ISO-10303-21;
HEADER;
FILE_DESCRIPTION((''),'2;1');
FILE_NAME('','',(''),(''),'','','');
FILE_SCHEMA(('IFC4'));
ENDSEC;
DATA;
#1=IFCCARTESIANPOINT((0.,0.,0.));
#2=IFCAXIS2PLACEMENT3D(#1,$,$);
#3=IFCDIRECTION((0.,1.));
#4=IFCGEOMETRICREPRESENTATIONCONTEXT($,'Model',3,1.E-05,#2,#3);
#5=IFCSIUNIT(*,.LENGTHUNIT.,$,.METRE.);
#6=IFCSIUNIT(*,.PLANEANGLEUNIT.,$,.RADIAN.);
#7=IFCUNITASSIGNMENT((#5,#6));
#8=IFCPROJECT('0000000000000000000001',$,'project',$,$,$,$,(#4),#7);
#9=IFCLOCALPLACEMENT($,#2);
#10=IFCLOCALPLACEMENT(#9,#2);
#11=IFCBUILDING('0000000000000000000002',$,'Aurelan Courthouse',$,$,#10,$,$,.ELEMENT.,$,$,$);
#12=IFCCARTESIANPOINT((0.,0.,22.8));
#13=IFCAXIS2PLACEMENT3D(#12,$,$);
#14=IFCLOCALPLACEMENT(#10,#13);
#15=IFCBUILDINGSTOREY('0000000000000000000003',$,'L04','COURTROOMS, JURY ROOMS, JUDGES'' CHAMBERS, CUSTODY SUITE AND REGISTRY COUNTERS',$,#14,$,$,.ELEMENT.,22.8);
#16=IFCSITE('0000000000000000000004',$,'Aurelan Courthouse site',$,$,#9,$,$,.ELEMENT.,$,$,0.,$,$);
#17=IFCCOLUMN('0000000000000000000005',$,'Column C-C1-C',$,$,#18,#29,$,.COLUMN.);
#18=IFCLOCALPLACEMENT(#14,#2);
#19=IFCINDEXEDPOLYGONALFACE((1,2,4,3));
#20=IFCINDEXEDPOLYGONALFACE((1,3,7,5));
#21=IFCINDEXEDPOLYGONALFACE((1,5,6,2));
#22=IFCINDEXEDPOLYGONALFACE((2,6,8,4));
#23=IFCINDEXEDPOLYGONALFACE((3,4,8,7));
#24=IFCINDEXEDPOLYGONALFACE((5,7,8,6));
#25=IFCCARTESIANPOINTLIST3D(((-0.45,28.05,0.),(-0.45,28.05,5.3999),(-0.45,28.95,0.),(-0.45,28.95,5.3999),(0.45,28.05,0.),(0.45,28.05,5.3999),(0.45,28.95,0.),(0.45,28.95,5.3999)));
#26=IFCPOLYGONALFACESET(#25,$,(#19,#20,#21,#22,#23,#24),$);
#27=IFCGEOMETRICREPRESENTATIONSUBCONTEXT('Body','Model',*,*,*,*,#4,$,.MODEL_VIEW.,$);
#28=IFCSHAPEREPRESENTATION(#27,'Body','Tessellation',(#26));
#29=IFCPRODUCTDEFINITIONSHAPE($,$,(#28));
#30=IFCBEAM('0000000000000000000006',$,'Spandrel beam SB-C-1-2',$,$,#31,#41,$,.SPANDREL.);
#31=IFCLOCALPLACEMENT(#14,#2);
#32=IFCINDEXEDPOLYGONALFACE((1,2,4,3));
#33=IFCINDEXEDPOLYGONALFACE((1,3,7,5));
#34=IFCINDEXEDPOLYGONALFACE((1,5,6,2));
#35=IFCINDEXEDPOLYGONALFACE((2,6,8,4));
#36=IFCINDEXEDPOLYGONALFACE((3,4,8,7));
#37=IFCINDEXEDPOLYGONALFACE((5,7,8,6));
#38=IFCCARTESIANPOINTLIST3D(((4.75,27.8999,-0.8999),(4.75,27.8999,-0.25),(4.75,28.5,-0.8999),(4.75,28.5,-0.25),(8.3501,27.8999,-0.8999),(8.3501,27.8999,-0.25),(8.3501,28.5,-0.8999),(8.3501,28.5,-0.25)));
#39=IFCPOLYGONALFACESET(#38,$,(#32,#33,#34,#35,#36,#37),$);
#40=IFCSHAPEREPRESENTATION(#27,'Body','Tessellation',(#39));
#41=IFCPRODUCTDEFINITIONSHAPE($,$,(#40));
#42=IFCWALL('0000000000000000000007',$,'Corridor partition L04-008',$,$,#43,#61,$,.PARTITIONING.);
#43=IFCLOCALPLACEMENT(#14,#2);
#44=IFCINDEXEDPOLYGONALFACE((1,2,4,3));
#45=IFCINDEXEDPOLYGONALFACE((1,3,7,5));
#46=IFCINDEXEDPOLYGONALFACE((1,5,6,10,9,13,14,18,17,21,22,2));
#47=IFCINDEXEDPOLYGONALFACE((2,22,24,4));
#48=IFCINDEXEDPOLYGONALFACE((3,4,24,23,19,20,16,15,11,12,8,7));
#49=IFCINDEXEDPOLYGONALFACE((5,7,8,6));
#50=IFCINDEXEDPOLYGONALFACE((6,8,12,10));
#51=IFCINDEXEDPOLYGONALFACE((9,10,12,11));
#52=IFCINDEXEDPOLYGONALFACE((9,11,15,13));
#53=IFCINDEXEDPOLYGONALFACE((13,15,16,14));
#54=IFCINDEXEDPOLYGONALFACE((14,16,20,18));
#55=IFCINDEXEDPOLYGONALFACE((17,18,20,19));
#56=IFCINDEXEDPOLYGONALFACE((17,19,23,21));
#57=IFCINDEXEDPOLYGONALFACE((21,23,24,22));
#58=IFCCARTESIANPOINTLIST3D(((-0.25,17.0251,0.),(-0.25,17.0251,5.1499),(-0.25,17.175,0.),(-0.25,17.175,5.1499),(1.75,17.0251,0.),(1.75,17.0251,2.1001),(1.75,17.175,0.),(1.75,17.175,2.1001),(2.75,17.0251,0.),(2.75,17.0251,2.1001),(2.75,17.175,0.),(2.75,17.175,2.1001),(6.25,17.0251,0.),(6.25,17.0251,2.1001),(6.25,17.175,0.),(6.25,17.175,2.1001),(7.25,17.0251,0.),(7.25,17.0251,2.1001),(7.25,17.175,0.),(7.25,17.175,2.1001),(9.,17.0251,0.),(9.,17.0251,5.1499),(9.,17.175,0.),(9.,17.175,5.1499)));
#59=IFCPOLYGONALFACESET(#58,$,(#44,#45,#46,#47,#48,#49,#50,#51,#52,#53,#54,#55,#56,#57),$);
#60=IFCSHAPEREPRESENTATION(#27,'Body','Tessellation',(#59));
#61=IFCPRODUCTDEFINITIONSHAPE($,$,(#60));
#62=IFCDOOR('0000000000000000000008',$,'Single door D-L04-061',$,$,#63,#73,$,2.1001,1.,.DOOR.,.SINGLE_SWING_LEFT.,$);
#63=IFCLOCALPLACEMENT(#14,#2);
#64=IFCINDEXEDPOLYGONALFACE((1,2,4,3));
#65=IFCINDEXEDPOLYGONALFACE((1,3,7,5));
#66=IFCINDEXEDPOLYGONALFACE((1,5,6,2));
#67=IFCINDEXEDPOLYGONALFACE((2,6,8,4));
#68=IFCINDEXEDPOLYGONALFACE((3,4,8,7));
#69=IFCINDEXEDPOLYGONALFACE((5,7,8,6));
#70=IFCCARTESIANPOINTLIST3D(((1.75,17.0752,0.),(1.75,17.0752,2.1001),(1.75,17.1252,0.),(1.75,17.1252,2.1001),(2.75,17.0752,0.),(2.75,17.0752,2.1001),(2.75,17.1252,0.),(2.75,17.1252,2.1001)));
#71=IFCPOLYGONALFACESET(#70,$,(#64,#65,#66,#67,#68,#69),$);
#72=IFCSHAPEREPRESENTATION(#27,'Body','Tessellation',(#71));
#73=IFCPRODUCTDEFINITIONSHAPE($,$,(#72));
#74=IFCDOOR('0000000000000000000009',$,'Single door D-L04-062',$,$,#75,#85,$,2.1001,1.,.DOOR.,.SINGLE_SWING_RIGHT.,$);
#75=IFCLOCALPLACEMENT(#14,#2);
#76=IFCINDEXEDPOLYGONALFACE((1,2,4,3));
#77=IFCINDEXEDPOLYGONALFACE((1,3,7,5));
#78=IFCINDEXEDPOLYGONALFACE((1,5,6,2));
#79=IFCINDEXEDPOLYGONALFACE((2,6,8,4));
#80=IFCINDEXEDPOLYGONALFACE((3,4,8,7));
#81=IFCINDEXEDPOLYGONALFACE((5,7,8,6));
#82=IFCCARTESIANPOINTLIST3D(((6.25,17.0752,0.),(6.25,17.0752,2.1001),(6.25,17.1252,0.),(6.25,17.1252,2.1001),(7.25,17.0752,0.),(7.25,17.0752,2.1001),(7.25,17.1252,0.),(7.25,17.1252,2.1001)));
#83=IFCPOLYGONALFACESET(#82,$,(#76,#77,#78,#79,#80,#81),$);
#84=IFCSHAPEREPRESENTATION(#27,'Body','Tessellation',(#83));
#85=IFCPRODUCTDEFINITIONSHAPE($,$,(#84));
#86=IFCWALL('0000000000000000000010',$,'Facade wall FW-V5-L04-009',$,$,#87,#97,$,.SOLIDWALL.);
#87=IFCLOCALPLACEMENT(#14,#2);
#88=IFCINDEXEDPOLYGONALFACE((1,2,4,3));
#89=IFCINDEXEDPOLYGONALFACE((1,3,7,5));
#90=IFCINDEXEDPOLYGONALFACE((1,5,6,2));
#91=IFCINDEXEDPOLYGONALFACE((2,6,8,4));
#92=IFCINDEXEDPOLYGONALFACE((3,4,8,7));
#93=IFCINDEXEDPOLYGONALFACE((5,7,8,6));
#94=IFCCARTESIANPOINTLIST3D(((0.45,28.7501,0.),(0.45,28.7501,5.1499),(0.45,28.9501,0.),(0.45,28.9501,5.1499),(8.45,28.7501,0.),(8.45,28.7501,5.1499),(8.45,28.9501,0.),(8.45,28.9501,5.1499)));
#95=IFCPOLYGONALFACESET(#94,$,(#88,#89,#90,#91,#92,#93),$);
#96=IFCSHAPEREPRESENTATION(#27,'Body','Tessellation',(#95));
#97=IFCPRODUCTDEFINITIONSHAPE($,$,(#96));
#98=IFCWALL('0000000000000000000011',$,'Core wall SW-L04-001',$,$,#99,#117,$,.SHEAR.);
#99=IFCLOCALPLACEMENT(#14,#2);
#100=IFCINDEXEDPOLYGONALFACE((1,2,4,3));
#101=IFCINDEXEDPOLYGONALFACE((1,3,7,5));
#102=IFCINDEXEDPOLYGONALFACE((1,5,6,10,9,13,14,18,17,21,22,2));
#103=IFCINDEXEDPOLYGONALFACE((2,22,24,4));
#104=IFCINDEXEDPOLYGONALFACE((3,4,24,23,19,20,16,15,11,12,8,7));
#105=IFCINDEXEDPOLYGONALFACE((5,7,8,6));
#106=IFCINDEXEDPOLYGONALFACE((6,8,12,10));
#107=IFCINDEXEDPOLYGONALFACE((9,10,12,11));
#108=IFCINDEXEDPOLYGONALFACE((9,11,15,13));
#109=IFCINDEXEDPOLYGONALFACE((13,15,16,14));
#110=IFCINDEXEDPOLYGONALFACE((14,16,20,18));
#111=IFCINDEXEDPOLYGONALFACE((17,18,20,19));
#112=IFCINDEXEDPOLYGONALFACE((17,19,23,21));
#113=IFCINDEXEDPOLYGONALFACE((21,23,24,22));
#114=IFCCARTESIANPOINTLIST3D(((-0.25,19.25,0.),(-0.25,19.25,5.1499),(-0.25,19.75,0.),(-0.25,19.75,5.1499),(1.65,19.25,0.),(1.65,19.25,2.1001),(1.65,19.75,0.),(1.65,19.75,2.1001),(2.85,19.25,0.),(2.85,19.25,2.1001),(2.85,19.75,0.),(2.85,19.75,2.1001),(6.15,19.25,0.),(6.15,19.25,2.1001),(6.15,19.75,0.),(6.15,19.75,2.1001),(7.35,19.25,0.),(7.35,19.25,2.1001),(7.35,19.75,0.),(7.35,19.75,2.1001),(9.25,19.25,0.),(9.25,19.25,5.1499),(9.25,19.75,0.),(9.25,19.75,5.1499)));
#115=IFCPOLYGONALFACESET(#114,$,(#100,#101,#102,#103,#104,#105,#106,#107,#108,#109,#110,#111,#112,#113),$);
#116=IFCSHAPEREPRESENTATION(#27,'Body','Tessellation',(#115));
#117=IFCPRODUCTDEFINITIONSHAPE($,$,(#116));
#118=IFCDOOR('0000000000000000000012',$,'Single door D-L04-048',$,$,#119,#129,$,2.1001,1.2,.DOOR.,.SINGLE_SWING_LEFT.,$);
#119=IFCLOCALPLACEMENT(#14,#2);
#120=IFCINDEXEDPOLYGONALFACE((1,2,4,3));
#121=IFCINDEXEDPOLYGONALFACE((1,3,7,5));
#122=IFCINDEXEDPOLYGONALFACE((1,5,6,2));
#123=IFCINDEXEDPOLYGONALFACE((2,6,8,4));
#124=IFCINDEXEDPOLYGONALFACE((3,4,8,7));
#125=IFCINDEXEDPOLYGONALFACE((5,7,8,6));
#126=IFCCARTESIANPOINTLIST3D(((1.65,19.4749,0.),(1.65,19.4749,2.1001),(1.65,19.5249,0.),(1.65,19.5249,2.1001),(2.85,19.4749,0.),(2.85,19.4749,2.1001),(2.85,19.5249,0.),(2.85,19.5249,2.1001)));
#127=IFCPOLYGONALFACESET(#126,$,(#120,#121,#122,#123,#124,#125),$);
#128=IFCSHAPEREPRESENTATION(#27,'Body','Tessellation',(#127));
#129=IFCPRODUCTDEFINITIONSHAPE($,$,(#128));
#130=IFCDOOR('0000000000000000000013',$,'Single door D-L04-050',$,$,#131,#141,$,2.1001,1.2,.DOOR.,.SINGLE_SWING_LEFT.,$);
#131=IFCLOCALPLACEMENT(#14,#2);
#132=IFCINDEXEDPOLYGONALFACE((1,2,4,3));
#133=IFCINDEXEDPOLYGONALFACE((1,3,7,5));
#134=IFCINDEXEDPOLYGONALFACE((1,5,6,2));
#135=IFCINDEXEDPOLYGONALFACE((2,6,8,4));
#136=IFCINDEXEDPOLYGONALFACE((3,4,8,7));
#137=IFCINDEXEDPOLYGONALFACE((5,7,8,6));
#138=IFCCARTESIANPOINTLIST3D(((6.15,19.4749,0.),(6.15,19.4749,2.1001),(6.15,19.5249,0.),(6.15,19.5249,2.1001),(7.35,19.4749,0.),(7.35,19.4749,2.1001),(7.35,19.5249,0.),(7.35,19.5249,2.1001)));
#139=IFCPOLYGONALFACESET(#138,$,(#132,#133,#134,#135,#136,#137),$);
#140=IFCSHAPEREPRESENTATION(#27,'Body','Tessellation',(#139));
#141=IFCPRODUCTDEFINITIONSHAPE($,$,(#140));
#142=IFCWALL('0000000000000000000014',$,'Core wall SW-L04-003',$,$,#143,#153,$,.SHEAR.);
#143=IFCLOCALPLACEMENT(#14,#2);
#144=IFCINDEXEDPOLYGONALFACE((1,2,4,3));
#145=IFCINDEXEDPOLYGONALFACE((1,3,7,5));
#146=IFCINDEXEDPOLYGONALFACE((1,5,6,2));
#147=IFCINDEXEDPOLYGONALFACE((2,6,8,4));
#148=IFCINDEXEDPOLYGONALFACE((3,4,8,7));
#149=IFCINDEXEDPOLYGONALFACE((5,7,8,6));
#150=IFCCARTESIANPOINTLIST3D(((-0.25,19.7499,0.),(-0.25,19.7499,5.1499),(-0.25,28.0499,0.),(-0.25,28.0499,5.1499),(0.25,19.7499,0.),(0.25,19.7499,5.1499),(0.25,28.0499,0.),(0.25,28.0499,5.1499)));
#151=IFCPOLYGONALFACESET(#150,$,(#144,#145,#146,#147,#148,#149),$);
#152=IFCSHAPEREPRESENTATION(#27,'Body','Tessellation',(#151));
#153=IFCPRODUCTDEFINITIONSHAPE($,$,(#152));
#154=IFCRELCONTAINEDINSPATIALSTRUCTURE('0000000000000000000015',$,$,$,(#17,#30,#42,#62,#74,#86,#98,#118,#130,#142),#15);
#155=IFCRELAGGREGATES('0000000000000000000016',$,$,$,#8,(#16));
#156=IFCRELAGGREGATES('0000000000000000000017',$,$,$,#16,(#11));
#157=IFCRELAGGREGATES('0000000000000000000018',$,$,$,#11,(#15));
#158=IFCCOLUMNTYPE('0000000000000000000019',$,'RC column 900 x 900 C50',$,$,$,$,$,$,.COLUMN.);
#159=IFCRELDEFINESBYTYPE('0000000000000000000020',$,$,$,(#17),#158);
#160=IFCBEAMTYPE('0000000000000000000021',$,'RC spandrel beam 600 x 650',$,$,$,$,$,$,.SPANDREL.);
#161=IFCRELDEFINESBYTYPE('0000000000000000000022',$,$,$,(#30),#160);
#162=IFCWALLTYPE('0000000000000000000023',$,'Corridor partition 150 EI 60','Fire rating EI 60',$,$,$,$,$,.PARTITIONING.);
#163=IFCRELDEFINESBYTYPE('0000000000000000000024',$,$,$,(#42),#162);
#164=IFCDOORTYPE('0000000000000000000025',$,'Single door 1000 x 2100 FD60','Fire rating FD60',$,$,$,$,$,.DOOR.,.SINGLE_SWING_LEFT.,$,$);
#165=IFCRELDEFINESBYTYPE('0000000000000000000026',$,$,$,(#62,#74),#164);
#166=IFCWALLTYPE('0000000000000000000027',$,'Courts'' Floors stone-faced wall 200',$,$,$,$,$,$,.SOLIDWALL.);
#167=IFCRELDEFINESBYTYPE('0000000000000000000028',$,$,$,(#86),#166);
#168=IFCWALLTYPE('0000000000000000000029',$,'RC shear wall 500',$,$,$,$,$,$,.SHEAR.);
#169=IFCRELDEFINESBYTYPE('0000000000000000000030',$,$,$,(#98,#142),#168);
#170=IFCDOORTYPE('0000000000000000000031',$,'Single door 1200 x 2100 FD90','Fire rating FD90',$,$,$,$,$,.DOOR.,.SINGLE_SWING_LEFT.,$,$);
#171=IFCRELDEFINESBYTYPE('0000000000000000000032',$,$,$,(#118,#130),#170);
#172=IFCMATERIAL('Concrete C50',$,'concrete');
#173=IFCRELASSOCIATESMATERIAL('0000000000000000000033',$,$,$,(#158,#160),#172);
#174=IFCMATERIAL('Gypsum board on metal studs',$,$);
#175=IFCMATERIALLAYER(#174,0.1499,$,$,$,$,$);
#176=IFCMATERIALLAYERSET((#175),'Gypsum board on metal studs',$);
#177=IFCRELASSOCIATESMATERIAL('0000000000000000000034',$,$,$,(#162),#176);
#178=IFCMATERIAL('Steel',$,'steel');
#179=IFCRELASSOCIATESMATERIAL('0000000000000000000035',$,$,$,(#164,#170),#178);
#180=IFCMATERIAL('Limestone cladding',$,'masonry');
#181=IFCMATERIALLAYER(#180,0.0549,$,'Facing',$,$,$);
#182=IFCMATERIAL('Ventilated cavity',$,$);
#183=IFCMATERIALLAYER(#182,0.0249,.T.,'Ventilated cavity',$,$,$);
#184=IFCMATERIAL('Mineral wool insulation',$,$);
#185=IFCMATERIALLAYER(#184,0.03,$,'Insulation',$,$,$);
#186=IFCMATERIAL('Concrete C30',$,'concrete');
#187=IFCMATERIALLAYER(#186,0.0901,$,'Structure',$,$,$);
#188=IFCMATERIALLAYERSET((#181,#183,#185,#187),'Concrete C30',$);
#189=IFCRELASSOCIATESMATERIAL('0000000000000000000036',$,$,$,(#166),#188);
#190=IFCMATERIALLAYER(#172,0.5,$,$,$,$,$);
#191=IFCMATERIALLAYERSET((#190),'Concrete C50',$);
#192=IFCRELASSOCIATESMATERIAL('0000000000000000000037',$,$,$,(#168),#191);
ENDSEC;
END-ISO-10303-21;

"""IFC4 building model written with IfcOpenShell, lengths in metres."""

from ifc_helpers import new_model, si_unit, direction, frame, frame_2d, origin, origin_2d, place, context, subcontext, project, spatial, rectangle, extrude, material, layer, layer_set, material_profile, profile_set, type_object, element, fill, save


model = new_model("IFC4")

# Units and contexts
model_context = context("Model", 3, precision=1e-05, world=origin(), true_north=direction((0.0, 1.0)))
body_context = subcontext(model_context, "Body", "Model", "MODEL_VIEW")
ifc_project = project(units=[si_unit("LENGTHUNIT", "METRE"), si_unit("PLANEANGLEUNIT", "RADIAN")], contexts=[model_context])

# Site, building, storey
site_placement = place(None, origin())
site = spatial("IfcSite", under=ifc_project, at=site_placement, Name="Aurelan Courthouse site", CompositionType="ELEMENT", RefElevation=0.0)
building_placement = place(site_placement, origin())
building = spatial("IfcBuilding", under=site, at=building_placement, Name="Aurelan Courthouse", CompositionType="ELEMENT")
storey_placement = place(building_placement, frame((0.0, 0.0, 22.8)))
storey = spatial("IfcBuildingStorey", under=building, at=storey_placement, Name="L04", Description="COURTROOMS, JURY ROOMS, JUDGES' CHAMBERS, CUSTODY SUITE AND REGISTRY COUNTERS", CompositionType="ELEMENT", Elevation=22.8)

# Column
ifc_material_1 = material(Name="Concrete C50", Category="concrete")
ifc_material_profile_1 = material_profile(ifc_material_1, rectangle(XDim=0.8999, YDim=0.8999, at=origin_2d()), Name="RC 900 x 900")
ifc_profile_set_1 = profile_set([ifc_material_profile_1], Name="Concrete C50")
column_type = type_object("IfcColumnType", Name="RC column 900 x 900 C50", PredefinedType="COLUMN", material=ifc_profile_set_1)
column_placement = place(storey_placement, frame((0.0, 28.5, 0.0), z_axis=(0.0, 0.0, 1.0), x_axis=(1.0, 0.0, 0.0)))
element("IfcColumn", 1, at=column_placement, inside=storey, type_object=column_type, Name="Column C-C1-C", PredefinedType="COLUMN", context=body_context, shape_type="SweptSolid", body=[
    extrude(rectangle(XDim=0.8999, YDim=0.8999, at=origin_2d()), origin(), (0.0, 0.0, 1.0), 5.3999),
])

# Beam
ifc_material_profile_2 = material_profile(ifc_material_1, rectangle(XDim=0.6001, YDim=0.6499, at=origin_2d()), Name="RC 600 x 650")
ifc_profile_set_2 = profile_set([ifc_material_profile_2], Name="Concrete C50")
beam_type = type_object("IfcBeamType", Name="RC spandrel beam 600 x 650", PredefinedType="SPANDREL", material=ifc_profile_set_2)
beam_placement = place(storey_placement, frame((4.75, 28.2, -0.575), z_axis=(1.0, 0.0, 0.0), x_axis=(0.0, 1.0, 0.0)))
element("IfcBeam", 2, at=beam_placement, inside=storey, type_object=beam_type, Name="Spandrel beam SB-C-1-2", PredefinedType="SPANDREL", context=body_context, shape_type="SweptSolid", body=[
    extrude(rectangle(XDim=0.6001, YDim=0.6499, at=origin_2d()), origin(), (0.0, 0.0, 1.0), 3.6001),
])

# Wall, openings, doors
ifc_material_2 = material(Name="Gypsum board on metal studs")
ifc_layer_1 = layer(ifc_material_2, 0.1499)
ifc_layer_set_1 = layer_set([ifc_layer_1], Name="Gypsum board on metal studs")
wall_type_1 = type_object("IfcWallType", Name="Corridor partition 150 EI 60", Description="Fire rating EI 60", PredefinedType="PARTITIONING", material=ifc_layer_set_1)
wall_1_placement = place(storey_placement, frame((-0.25, 17.1001, 0.0), z_axis=(0.0, 0.0, 1.0), x_axis=(1.0, 0.0, 0.0)))
wall_1 = element("IfcWall", 3, at=wall_1_placement, inside=storey, type_object=wall_type_1, Name="Corridor partition L04-008", PredefinedType="PARTITIONING", context=body_context, shape_type="SweptSolid", body=[
    extrude(rectangle(XDim=9.25, YDim=0.1499, at=frame_2d((4.625, 0.0))), origin(), (0.0, 0.0, 1.0), 5.1499),
])
opening_1_placement = place(wall_1_placement, frame((3.0, 0.0, 0.0), z_axis=(0.0, 0.0, 1.0), x_axis=(-1.0, 0.0, 0.0)))
opening_1 = element("IfcOpeningElement", 4, at=opening_1_placement, cuts=wall_1, PredefinedType="OPENING", context=body_context, shape_type="SweptSolid", body=[
    extrude(rectangle(XDim=1.0, YDim=2.1001, at=frame_2d((0.5, 1.05))), frame((0.0, 0.085, 0.0), z_axis=(0.0, -1.0, 0.0), x_axis=(1.0, 0.0, 0.0)), (0.0, 0.0, 1.0), 0.1699),
])
opening_2_placement = place(wall_1_placement, frame((7.5, 0.0, 0.0), z_axis=(0.0, 0.0, 1.0), x_axis=(-1.0, 0.0, 0.0)))
opening_2 = element("IfcOpeningElement", 5, at=opening_2_placement, cuts=wall_1, PredefinedType="OPENING", context=body_context, shape_type="SweptSolid", body=[
    extrude(rectangle(XDim=1.0, YDim=2.1001, at=frame_2d((0.5, 1.05))), frame((0.0, 0.085, 0.0), z_axis=(0.0, -1.0, 0.0), x_axis=(1.0, 0.0, 0.0)), (0.0, 0.0, 1.0), 0.1699),
])
ifc_material_3 = material(Name="Steel", Category="steel")
door_type_1 = type_object("IfcDoorType", Name="Single door 1000 x 2100 FD60", Description="Fire rating FD60", OperationType="SINGLE_SWING_LEFT", PredefinedType="DOOR", material=ifc_material_3)
door_1_placement = place(opening_1_placement, origin())
door_1 = element("IfcDoor", 6, at=door_1_placement, inside=storey, type_object=door_type_1, Name="Single door D-L04-061", OperationType="SINGLE_SWING_LEFT", OverallHeight=2.1001, OverallWidth=1.0, PredefinedType="DOOR", context=body_context, shape_type="SweptSolid", body=[
    extrude(rectangle(XDim=1.0, YDim=2.1001, at=frame_2d((0.5, 1.05))), frame((0.0, 0.0249, 0.0), z_axis=(0.0, -1.0, 0.0), x_axis=(1.0, 0.0, 0.0)), (0.0, 0.0, 1.0), 0.05),
])
fill(opening_1, door_1)
door_2_placement = place(opening_2_placement, origin())
door_2 = element("IfcDoor", 7, at=door_2_placement, inside=storey, type_object=door_type_1, Name="Single door D-L04-062", OperationType="SINGLE_SWING_RIGHT", OverallHeight=2.1001, OverallWidth=1.0, PredefinedType="DOOR", context=body_context, shape_type="SweptSolid", body=[
    extrude(rectangle(XDim=1.0, YDim=2.1001, at=frame_2d((0.5, 1.05))), frame((0.0, 0.0249, 0.0), z_axis=(0.0, -1.0, 0.0), x_axis=(1.0, 0.0, 0.0)), (0.0, 0.0, 1.0), 0.05),
])
fill(opening_2, door_2)

# Wall
ifc_material_4 = material(Name="Limestone cladding", Category="masonry")
ifc_layer_2 = layer(ifc_material_4, 0.0549, Name="Facing")
ifc_material_5 = material(Name="Ventilated cavity")
ifc_layer_3 = layer(ifc_material_5, 0.0249, ventilated=True, Name="Ventilated cavity")
ifc_material_6 = material(Name="Mineral wool insulation")
ifc_layer_4 = layer(ifc_material_6, 0.03, Name="Insulation")
ifc_material_7 = material(Name="Concrete C30", Category="concrete")
ifc_layer_5 = layer(ifc_material_7, 0.0901, Name="Structure")
ifc_layer_set_2 = layer_set([ifc_layer_2, ifc_layer_3, ifc_layer_4, ifc_layer_5], Name="Concrete C30")
wall_type_2 = type_object("IfcWallType", Name="Courts' Floors stone-faced wall 200", PredefinedType="SOLIDWALL", material=ifc_layer_set_2)
wall_2_placement = place(storey_placement, frame((0.45, 28.8501, 0.0), z_axis=(0.0, 0.0, 1.0), x_axis=(1.0, 0.0, 0.0)))
element("IfcWall", 8, at=wall_2_placement, inside=storey, type_object=wall_type_2, Name="Facade wall FW-V5-L04-009", PredefinedType="SOLIDWALL", context=body_context, shape_type="SweptSolid", body=[
    extrude(rectangle(XDim=8.0, YDim=0.2, at=frame_2d((4.0, 0.0))), origin(), (0.0, 0.0, 1.0), 5.1499),
])

# Wall, openings, doors
ifc_layer_6 = layer(ifc_material_1, 0.5)
ifc_layer_set_3 = layer_set([ifc_layer_6], Name="Concrete C50")
wall_type_3 = type_object("IfcWallType", Name="RC shear wall 500", PredefinedType="SHEAR", material=ifc_layer_set_3)
wall_3_placement = place(storey_placement, frame((-0.25, 19.5, 0.0), z_axis=(0.0, 0.0, 1.0), x_axis=(1.0, 0.0, 0.0)))
wall_3 = element("IfcWall", 9, at=wall_3_placement, inside=storey, type_object=wall_type_3, Name="Core wall SW-L04-001", PredefinedType="SHEAR", context=body_context, shape_type="SweptSolid", body=[
    extrude(rectangle(XDim=9.5, YDim=0.5, at=frame_2d((4.75, 0.0))), origin(), (0.0, 0.0, 1.0), 5.1499),
])
opening_3_placement = place(wall_3_placement, frame((1.8999, 0.0, 0.0)))
opening_3 = element("IfcOpeningElement", 10, at=opening_3_placement, cuts=wall_3, PredefinedType="OPENING", context=body_context, shape_type="SweptSolid", body=[
    extrude(rectangle(XDim=1.2, YDim=2.1001, at=frame_2d((0.6001, 1.05))), frame((0.0, 0.26, 0.0), z_axis=(0.0, -1.0, 0.0), x_axis=(1.0, 0.0, 0.0)), (0.0, 0.0, 1.0), 0.52),
])
opening_4_placement = place(wall_3_placement, frame((6.3999, 0.0, 0.0)))
opening_4 = element("IfcOpeningElement", 11, at=opening_4_placement, cuts=wall_3, PredefinedType="OPENING", context=body_context, shape_type="SweptSolid", body=[
    extrude(rectangle(XDim=1.2, YDim=2.1001, at=frame_2d((0.6001, 1.05))), frame((0.0, 0.26, 0.0), z_axis=(0.0, -1.0, 0.0), x_axis=(1.0, 0.0, 0.0)), (0.0, 0.0, 1.0), 0.52),
])
door_type_2 = type_object("IfcDoorType", Name="Single door 1200 x 2100 FD90", Description="Fire rating FD90", OperationType="SINGLE_SWING_LEFT", PredefinedType="DOOR", material=ifc_material_3)
door_3_placement = place(opening_3_placement, origin())
door_3 = element("IfcDoor", 12, at=door_3_placement, inside=storey, type_object=door_type_2, Name="Single door D-L04-048", OperationType="SINGLE_SWING_LEFT", OverallHeight=2.1001, OverallWidth=1.2, PredefinedType="DOOR", context=body_context, shape_type="SweptSolid", body=[
    extrude(rectangle(XDim=1.2, YDim=2.1001, at=frame_2d((0.6001, 1.05))), frame((0.0, 0.0249, 0.0), z_axis=(0.0, -1.0, 0.0), x_axis=(1.0, 0.0, 0.0)), (0.0, 0.0, 1.0), 0.05),
])
fill(opening_3, door_3)
door_4_placement = place(opening_4_placement, origin())
door_4 = element("IfcDoor", 13, at=door_4_placement, inside=storey, type_object=door_type_2, Name="Single door D-L04-050", OperationType="SINGLE_SWING_LEFT", OverallHeight=2.1001, OverallWidth=1.2, PredefinedType="DOOR", context=body_context, shape_type="SweptSolid", body=[
    extrude(rectangle(XDim=1.2, YDim=2.1001, at=frame_2d((0.6001, 1.05))), frame((0.0, 0.0249, 0.0), z_axis=(0.0, -1.0, 0.0), x_axis=(1.0, 0.0, 0.0)), (0.0, 0.0, 1.0), 0.05),
])
fill(opening_4, door_4)

# Wall
wall_4_placement = place(storey_placement, frame((0.0, 19.75, 0.0), z_axis=(0.0, 0.0, 1.0), x_axis=(0.0, 1.0, 0.0)))
element("IfcWall", 14, at=wall_4_placement, inside=storey, type_object=wall_type_3, Name="Core wall SW-L04-003", PredefinedType="SHEAR", context=body_context, shape_type="SweptSolid", body=[
    extrude(rectangle(XDim=8.3, YDim=0.5, at=frame_2d((4.1499, 0.0))), origin(), (0.0, 0.0, 1.0), 5.1499),
])

save(model, "model.ifc")
